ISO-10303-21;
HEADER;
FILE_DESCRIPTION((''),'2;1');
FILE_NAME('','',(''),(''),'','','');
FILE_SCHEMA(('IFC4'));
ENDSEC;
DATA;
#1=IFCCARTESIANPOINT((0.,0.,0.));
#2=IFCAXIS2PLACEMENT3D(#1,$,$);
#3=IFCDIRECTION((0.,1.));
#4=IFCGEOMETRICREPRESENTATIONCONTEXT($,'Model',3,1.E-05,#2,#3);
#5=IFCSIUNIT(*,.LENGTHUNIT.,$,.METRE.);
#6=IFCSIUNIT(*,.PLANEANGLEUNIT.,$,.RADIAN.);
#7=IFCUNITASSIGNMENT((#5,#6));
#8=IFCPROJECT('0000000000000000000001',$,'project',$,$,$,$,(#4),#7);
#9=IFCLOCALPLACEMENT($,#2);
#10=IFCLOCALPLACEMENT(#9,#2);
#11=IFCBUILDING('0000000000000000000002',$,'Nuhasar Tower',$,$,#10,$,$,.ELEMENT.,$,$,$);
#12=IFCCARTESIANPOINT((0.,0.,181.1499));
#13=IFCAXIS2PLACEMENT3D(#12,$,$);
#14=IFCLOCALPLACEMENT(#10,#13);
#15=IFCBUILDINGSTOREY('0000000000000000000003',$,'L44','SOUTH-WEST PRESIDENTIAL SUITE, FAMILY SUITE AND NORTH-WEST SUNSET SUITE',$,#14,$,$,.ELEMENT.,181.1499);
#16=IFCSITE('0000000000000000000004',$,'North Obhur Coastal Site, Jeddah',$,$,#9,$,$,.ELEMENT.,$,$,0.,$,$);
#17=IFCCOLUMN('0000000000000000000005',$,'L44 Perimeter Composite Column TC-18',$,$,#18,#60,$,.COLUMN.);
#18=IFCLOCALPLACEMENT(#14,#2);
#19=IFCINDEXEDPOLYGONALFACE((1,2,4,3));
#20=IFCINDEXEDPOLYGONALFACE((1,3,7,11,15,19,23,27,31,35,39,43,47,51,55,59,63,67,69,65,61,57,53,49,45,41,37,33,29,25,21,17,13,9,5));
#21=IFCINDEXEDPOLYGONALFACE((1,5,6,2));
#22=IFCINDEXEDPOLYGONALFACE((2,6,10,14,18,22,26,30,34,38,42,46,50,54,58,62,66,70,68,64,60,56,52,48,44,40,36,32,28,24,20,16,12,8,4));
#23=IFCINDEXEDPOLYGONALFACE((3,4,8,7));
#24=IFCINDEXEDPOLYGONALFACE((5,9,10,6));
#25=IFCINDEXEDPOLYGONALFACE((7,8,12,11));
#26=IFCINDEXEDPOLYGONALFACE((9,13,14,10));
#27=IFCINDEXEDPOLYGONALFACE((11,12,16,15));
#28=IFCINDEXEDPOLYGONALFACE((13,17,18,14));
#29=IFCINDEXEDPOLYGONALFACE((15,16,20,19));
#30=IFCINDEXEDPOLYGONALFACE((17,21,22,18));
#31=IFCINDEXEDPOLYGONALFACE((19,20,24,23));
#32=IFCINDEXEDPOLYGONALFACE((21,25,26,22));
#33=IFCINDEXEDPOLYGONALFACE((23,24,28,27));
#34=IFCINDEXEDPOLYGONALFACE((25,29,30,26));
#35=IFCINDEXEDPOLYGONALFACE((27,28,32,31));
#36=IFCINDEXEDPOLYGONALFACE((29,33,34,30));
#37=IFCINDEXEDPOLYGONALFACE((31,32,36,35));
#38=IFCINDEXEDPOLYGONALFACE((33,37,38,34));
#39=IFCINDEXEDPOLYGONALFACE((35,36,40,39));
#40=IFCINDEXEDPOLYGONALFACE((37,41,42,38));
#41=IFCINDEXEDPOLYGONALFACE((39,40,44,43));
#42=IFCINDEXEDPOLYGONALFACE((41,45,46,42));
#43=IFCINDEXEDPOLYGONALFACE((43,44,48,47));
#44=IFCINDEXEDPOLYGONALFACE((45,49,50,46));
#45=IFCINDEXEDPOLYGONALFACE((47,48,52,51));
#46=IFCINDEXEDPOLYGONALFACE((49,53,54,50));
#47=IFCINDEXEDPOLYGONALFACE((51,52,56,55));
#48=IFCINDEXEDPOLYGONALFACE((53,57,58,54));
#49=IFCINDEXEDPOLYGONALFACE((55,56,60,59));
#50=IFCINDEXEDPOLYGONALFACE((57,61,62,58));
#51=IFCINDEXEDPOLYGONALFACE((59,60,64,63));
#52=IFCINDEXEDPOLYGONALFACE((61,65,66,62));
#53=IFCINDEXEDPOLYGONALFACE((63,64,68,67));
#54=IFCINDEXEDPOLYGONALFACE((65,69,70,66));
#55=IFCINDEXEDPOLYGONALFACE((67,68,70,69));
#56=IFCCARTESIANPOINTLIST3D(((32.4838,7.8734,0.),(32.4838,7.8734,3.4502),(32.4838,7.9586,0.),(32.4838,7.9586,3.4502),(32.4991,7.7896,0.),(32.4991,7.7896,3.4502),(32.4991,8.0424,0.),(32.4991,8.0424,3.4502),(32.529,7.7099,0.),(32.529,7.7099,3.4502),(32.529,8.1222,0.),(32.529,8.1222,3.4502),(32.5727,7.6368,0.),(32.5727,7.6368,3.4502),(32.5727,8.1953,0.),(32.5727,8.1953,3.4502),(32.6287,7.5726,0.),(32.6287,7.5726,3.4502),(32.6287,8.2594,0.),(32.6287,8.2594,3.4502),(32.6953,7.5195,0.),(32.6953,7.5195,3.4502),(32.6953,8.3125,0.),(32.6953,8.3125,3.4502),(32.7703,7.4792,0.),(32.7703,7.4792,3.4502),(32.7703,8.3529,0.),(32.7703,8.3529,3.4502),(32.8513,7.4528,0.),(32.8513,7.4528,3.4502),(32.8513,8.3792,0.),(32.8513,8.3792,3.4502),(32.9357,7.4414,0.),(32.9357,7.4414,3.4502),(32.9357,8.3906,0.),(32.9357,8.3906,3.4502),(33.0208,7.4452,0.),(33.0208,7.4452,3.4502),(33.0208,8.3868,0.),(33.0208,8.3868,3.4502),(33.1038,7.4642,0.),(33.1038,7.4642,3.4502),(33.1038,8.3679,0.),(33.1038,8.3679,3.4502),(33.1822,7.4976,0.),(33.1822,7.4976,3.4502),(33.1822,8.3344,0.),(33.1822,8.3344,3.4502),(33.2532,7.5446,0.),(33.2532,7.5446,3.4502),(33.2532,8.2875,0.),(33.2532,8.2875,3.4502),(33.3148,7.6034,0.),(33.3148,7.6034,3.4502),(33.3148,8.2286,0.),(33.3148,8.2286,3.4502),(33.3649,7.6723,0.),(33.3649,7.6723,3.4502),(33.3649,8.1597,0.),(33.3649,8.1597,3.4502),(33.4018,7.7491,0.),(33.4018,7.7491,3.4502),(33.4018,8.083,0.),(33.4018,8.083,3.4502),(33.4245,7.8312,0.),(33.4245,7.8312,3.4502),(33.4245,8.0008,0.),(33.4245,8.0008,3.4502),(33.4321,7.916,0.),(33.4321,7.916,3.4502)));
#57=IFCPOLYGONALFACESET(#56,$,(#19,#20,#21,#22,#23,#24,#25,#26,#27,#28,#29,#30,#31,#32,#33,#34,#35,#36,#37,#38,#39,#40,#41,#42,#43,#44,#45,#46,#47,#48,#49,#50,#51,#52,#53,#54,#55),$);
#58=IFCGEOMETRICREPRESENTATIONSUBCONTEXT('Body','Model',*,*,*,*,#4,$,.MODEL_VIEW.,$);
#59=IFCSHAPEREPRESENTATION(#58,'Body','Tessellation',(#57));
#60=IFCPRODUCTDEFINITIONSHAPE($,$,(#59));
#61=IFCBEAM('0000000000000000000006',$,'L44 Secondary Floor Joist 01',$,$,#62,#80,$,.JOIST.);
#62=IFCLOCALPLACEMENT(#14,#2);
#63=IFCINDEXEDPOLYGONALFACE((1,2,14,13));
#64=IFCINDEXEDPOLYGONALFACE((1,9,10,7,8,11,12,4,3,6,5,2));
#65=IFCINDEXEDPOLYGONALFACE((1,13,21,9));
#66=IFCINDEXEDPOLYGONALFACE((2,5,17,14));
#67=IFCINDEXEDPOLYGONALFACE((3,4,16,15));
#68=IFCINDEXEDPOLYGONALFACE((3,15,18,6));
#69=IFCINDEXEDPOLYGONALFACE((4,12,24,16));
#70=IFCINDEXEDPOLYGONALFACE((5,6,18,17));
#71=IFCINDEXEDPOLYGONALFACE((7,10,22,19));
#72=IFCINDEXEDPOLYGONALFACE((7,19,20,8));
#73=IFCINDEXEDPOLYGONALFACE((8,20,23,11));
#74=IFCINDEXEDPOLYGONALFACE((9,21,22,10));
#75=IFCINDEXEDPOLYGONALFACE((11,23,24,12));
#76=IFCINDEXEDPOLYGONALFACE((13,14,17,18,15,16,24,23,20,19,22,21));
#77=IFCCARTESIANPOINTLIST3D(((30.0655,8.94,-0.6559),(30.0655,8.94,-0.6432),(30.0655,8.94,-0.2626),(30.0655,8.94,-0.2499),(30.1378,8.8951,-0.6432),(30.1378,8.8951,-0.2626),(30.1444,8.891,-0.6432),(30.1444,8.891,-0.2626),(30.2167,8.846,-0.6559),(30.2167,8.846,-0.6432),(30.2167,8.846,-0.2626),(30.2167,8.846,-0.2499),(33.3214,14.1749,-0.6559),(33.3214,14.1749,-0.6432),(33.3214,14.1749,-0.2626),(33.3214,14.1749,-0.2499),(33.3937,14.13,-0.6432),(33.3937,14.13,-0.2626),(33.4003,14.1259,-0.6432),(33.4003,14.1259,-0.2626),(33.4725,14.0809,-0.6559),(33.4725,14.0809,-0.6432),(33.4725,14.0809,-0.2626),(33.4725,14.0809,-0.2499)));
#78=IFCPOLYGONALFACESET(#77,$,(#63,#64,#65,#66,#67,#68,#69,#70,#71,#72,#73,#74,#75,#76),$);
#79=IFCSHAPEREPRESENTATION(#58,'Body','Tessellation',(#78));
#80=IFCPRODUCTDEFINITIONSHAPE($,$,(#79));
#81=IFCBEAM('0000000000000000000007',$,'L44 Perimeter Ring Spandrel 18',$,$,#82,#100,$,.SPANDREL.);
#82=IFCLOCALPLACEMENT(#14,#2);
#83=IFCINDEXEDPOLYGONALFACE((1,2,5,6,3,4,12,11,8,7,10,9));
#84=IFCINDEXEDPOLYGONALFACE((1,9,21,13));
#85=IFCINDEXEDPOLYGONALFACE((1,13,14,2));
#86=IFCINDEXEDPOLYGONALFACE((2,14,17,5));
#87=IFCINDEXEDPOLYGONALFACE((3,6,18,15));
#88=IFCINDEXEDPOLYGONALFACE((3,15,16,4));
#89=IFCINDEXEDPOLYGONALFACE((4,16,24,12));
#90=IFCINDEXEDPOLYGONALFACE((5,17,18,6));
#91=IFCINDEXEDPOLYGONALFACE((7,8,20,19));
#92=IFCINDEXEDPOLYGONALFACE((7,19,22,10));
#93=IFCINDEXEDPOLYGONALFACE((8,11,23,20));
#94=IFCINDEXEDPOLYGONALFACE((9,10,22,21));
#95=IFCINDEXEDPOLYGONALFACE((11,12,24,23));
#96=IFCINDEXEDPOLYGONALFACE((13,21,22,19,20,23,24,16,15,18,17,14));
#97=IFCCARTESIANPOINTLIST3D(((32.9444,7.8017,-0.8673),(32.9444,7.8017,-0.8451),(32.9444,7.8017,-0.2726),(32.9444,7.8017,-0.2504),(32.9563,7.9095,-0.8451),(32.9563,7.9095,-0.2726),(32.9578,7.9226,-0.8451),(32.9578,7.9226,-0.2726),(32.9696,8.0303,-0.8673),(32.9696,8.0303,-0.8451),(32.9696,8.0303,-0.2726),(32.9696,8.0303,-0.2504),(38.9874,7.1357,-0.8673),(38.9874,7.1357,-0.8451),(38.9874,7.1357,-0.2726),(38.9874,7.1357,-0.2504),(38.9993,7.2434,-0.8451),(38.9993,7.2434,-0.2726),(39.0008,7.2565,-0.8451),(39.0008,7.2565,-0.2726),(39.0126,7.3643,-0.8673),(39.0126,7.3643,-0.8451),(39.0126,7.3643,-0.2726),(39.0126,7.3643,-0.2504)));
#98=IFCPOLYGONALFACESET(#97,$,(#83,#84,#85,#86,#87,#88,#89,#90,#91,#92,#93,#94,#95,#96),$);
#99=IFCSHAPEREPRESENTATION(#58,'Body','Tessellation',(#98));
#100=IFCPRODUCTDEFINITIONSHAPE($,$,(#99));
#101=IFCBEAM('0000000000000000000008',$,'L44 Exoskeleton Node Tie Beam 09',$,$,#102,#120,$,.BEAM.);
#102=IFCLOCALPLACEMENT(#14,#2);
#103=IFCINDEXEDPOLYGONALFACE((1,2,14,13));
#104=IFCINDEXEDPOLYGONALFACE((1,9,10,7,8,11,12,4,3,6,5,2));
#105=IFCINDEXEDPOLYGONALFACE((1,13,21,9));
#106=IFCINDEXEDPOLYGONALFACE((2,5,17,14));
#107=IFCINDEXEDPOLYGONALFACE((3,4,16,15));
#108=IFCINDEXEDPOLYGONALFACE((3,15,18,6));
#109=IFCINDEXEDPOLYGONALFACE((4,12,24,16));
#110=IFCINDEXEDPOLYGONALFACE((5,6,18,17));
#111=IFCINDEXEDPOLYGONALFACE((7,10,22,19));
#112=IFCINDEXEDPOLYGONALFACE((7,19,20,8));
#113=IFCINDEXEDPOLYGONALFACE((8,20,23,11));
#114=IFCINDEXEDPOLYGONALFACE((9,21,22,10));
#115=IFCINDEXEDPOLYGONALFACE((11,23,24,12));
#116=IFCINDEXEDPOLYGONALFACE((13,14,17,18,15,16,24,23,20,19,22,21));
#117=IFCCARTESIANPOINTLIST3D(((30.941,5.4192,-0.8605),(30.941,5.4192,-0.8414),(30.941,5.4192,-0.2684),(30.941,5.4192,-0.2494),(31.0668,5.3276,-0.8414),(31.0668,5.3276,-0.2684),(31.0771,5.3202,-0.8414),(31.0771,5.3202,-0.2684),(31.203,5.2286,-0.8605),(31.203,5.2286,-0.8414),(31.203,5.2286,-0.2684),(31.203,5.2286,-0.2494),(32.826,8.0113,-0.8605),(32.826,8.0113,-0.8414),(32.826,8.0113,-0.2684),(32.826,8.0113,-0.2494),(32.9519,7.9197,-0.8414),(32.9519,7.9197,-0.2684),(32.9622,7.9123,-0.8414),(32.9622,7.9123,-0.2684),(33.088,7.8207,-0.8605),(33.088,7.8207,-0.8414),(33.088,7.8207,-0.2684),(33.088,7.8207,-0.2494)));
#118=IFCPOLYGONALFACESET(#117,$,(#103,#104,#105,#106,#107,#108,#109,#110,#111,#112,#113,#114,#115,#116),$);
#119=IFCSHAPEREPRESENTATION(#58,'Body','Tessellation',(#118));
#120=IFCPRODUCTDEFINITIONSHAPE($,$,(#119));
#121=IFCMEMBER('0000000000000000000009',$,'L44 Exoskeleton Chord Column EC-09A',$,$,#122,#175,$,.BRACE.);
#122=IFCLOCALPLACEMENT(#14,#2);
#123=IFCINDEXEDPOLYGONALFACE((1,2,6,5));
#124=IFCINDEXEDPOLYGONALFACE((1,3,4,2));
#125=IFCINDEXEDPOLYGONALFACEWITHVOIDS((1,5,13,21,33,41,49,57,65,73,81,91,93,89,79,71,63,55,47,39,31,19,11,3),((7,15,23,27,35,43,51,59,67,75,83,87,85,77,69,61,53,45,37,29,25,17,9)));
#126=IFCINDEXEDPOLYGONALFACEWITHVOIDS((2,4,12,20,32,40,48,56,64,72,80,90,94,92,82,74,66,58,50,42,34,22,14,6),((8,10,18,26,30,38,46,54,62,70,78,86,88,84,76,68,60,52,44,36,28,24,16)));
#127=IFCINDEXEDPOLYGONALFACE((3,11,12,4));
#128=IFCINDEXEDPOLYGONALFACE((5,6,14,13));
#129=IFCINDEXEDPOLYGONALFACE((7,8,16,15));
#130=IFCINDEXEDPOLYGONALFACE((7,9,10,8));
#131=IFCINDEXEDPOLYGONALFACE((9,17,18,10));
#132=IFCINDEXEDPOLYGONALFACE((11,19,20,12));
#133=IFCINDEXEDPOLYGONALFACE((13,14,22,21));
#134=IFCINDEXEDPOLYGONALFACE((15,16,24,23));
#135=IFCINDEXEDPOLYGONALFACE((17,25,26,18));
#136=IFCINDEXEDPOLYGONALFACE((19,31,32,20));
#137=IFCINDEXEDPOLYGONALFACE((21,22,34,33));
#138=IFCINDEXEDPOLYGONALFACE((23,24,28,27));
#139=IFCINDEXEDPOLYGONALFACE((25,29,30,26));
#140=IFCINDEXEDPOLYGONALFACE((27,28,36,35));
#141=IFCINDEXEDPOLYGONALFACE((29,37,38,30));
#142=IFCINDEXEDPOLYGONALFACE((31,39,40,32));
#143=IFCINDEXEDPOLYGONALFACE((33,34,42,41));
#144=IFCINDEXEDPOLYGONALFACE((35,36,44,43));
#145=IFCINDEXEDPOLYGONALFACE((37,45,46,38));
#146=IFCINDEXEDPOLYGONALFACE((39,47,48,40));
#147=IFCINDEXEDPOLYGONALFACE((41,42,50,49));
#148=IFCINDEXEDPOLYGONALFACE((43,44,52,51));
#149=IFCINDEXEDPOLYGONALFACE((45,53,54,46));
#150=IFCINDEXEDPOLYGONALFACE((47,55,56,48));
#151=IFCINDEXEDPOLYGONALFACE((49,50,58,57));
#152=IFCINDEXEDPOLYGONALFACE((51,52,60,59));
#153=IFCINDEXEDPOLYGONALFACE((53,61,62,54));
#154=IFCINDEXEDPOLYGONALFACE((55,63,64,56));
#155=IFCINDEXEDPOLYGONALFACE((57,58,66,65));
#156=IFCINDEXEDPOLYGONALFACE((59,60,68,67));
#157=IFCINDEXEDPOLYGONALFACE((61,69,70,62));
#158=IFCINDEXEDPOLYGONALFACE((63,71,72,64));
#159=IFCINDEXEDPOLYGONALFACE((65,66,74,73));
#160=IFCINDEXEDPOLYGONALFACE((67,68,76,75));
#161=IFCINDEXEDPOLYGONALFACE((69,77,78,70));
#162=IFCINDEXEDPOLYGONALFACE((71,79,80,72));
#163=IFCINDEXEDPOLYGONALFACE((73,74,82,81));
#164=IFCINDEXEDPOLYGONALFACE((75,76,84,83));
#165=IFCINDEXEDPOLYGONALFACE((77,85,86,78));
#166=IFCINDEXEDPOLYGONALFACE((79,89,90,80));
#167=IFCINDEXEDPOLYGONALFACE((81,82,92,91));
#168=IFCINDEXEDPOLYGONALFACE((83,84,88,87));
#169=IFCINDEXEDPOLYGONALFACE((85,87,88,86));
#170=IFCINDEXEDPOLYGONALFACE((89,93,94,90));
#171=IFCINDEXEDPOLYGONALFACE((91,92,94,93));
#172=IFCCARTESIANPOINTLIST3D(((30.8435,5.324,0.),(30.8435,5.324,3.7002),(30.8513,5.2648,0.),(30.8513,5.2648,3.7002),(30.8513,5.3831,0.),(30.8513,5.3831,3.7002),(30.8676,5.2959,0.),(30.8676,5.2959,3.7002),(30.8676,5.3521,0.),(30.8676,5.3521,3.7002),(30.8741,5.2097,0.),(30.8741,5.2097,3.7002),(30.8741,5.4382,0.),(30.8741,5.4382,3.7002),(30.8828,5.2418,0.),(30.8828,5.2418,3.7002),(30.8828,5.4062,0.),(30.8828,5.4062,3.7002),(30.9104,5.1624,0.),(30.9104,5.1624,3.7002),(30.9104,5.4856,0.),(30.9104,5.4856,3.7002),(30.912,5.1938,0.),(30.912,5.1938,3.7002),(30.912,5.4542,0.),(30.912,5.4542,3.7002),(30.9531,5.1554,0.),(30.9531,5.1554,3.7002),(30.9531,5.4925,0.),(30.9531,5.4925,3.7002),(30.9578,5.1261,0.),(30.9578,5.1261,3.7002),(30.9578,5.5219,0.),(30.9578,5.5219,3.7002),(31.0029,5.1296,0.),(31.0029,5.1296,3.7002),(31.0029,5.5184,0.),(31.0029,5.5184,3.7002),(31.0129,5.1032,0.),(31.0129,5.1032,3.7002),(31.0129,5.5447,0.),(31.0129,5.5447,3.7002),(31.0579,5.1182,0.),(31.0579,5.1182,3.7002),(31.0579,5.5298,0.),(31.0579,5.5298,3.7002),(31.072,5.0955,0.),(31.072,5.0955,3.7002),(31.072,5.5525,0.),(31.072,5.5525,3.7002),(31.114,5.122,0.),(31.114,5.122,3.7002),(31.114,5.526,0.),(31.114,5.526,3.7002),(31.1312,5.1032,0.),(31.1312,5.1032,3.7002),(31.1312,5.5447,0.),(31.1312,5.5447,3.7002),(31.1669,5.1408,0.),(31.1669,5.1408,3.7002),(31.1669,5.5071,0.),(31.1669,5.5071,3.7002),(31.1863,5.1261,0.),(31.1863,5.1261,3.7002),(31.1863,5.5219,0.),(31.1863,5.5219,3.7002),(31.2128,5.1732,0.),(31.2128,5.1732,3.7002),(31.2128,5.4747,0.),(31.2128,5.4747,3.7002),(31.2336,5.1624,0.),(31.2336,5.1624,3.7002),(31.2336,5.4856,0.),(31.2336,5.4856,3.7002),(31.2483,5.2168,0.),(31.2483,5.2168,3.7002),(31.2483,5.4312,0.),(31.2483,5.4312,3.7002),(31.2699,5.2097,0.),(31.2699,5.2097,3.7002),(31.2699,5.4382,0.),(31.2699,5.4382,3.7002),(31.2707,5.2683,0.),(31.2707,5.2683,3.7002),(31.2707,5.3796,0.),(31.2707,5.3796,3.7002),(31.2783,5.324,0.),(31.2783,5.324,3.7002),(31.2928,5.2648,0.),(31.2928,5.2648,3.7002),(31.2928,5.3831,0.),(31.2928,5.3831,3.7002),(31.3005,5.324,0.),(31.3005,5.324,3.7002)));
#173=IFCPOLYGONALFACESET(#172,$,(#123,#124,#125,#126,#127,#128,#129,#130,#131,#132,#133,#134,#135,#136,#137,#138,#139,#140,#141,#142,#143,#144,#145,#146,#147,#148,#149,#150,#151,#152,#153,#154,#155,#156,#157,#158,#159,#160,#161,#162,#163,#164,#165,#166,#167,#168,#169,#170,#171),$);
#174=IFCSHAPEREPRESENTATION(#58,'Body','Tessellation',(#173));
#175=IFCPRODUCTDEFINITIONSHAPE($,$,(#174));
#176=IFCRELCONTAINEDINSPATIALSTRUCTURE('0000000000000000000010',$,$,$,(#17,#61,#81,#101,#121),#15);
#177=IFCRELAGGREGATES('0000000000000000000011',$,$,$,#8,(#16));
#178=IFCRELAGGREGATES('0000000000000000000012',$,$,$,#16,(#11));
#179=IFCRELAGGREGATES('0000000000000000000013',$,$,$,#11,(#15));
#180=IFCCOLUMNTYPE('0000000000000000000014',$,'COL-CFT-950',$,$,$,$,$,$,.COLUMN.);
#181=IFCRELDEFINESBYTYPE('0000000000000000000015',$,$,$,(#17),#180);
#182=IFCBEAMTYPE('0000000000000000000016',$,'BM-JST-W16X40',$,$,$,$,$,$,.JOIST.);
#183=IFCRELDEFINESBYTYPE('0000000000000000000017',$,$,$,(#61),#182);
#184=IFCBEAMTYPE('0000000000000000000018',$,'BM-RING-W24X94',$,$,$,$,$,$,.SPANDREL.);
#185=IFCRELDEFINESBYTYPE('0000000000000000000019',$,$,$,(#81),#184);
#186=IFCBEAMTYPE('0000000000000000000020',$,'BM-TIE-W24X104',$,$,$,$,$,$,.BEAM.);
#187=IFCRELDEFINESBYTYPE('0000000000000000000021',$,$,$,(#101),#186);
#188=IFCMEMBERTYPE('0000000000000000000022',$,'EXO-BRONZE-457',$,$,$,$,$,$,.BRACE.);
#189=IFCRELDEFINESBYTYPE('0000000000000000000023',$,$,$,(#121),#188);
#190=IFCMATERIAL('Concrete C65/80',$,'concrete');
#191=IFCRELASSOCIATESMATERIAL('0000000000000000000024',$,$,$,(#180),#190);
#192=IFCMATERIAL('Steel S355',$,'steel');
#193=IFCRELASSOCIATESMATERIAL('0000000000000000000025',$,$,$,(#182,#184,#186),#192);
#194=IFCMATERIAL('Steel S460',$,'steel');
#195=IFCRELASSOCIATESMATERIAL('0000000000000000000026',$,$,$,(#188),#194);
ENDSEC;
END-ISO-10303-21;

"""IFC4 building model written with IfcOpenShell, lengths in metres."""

from ifc_helpers import new_model, si_unit, direction, frame, origin, origin_2d, place, context, subcontext, project, spatial, circle, hollow_circle, i_section, extrude, material, material_profile, profile_set, type_object, element, save


model = new_model("IFC4")

# Units and contexts
model_context = context("Model", 3, precision=1e-05, world=origin(), true_north=direction((0.0, 1.0)))
body_context = subcontext(model_context, "Body", "Model", "MODEL_VIEW")
ifc_project = project(units=[si_unit("LENGTHUNIT", "METRE"), si_unit("PLANEANGLEUNIT", "RADIAN")], contexts=[model_context])

# Site, building, storey
site_placement = place(None, origin())
site = spatial("IfcSite", under=ifc_project, at=site_placement, Name="North Obhur Coastal Site, Jeddah", CompositionType="ELEMENT", RefElevation=0.0)
building_placement = place(site_placement, origin())
building = spatial("IfcBuilding", under=site, at=building_placement, Name="Nuhasar Tower", CompositionType="ELEMENT")
storey_placement = place(building_placement, frame((0.0, 0.0, 181.1499)))
storey = spatial("IfcBuildingStorey", under=building, at=storey_placement, Name="L44", Description="SOUTH-WEST PRESIDENTIAL SUITE, FAMILY SUITE AND NORTH-WEST SUNSET SUITE", CompositionType="ELEMENT", Elevation=181.1499)

# Column
ifc_material_1 = material(Name="Concrete C65/80", Category="concrete")
ifc_material_profile_1 = material_profile(ifc_material_1, circle(Radius=0.4751, at=origin_2d()), Name="CFT950")
ifc_profile_set_1 = profile_set([ifc_material_profile_1], Name="Concrete C65/80")
column_type = type_object("IfcColumnType", Name="COL-CFT-950", PredefinedType="COLUMN", material=ifc_profile_set_1)
column_placement = place(storey_placement, frame((32.957, 7.916, 0.0), z_axis=(0.0, 0.0, 1.0), x_axis=(1.0, 0.0, 0.0)))
element("IfcColumn", 1, at=column_placement, inside=storey, type_object=column_type, Name="L44 Perimeter Composite Column TC-18", PredefinedType="COLUMN", context=body_context, shape_type="SweptSolid", body=[
    extrude(circle(Radius=0.4751, at=origin_2d()), origin(), (0.0, 0.0, 1.0), 3.4502),
])

# Beams
ifc_material_2 = material(Name="Steel S355", Category="steel")
ifc_material_profile_2 = material_profile(ifc_material_2, i_section(OverallWidth=0.178, OverallDepth=0.406, WebThickness=0.0078, FlangeThickness=0.0127, at=origin_2d()), Name="W16X40")
ifc_profile_set_2 = profile_set([ifc_material_profile_2], Name="Steel S355")
beam_type_1 = type_object("IfcBeamType", Name="BM-JST-W16X40", PredefinedType="JOIST", material=ifc_profile_set_2)
beam_1_placement = place(storey_placement, frame((33.397, 14.1279, -0.4529), z_axis=(-0.528139, -0.849158, 0.0), x_axis=(0.849158, -0.528139, 0.0)))
element("IfcBeam", 2, at=beam_1_placement, inside=storey, type_object=beam_type_1, Name="L44 Secondary Floor Joist 01", PredefinedType="JOIST", context=body_context, shape_type="SweptSolid", body=[
    extrude(i_section(OverallWidth=0.178, OverallDepth=0.406, WebThickness=0.0078, FlangeThickness=0.0127, at=origin_2d()), origin(), (0.0, 0.0, 1.0), 6.1648),
])
ifc_material_profile_3 = material_profile(ifc_material_2, i_section(OverallWidth=0.23, OverallDepth=0.6169, WebThickness=0.0132, FlangeThickness=0.0222, at=origin_2d()), Name="W24X94")
ifc_profile_set_3 = profile_set([ifc_material_profile_3], Name="Steel S355")
beam_type_2 = type_object("IfcBeamType", Name="BM-RING-W24X94", PredefinedType="SPANDREL", material=ifc_profile_set_3)
beam_2_placement = place(storey_placement, frame((32.957, 7.916, -0.5588), z_axis=(0.993981, -0.10955, 0.0), x_axis=(0.10955, 0.993981, 0.0)))
element("IfcBeam", 3, at=beam_2_placement, inside=storey, type_object=beam_type_2, Name="L44 Perimeter Ring Spandrel 18", PredefinedType="SPANDREL", context=body_context, shape_type="SweptSolid", body=[
    extrude(i_section(OverallWidth=0.23, OverallDepth=0.6169, WebThickness=0.0132, FlangeThickness=0.0222, at=origin_2d()), origin(), (0.0, 0.0, 1.0), 6.0796),
])
ifc_material_profile_4 = material_profile(ifc_material_2, i_section(OverallWidth=0.324, OverallDepth=0.6111, WebThickness=0.0127, FlangeThickness=0.019, at=origin_2d()), Name="W24X104")
ifc_profile_set_4 = profile_set([ifc_material_profile_4], Name="Steel S355")
beam_type_3 = type_object("IfcBeamType", Name="BM-TIE-W24X104", PredefinedType="BEAM", material=ifc_profile_set_4)
beam_3_placement = place(storey_placement, frame((32.957, 7.916, -0.5549), z_axis=(-0.588149, -0.808753, 0.0), x_axis=(0.808753, -0.588149, 0.0)))
element("IfcBeam", 4, at=beam_3_placement, inside=storey, type_object=beam_type_3, Name="L44 Exoskeleton Node Tie Beam 09", PredefinedType="BEAM", context=body_context, shape_type="SweptSolid", body=[
    extrude(i_section(OverallWidth=0.324, OverallDepth=0.6111, WebThickness=0.0127, FlangeThickness=0.019, at=origin_2d()), origin(), (0.0, 0.0, 1.0), 3.2051),
])

# Member
ifc_material_3 = material(Name="Steel S460", Category="steel")
ifc_material_profile_5 = material_profile(ifc_material_3, hollow_circle(Radius=0.2285, WallThickness=0.0222, at=origin_2d()), Name="HSS457X22.2")
ifc_profile_set_5 = profile_set([ifc_material_profile_5], Name="Steel S460")
member_type = type_object("IfcMemberType", Name="EXO-BRONZE-457", PredefinedType="BRACE", material=ifc_profile_set_5)
for number, where, z_axis, x_axis, name in (
    (5, (31.072, 5.324, 0.0), (0.0, 0.0, 1.0), (1.0, 0.0, 0.0), "L44 Exoskeleton Chord Column EC-09A"),
):
    element("IfcMember", number, at=place(storey_placement, frame(where, z_axis=z_axis, x_axis=x_axis)), inside=storey, type_object=member_type, Name=name, PredefinedType="BRACE", context=body_context, shape_type="SweptSolid", body=[
        extrude(hollow_circle(Radius=0.2285, WallThickness=0.0222, at=origin_2d()), origin(), (0.0, 0.0, 1.0), 3.7002),
    ])

save(model, "model.ifc")
